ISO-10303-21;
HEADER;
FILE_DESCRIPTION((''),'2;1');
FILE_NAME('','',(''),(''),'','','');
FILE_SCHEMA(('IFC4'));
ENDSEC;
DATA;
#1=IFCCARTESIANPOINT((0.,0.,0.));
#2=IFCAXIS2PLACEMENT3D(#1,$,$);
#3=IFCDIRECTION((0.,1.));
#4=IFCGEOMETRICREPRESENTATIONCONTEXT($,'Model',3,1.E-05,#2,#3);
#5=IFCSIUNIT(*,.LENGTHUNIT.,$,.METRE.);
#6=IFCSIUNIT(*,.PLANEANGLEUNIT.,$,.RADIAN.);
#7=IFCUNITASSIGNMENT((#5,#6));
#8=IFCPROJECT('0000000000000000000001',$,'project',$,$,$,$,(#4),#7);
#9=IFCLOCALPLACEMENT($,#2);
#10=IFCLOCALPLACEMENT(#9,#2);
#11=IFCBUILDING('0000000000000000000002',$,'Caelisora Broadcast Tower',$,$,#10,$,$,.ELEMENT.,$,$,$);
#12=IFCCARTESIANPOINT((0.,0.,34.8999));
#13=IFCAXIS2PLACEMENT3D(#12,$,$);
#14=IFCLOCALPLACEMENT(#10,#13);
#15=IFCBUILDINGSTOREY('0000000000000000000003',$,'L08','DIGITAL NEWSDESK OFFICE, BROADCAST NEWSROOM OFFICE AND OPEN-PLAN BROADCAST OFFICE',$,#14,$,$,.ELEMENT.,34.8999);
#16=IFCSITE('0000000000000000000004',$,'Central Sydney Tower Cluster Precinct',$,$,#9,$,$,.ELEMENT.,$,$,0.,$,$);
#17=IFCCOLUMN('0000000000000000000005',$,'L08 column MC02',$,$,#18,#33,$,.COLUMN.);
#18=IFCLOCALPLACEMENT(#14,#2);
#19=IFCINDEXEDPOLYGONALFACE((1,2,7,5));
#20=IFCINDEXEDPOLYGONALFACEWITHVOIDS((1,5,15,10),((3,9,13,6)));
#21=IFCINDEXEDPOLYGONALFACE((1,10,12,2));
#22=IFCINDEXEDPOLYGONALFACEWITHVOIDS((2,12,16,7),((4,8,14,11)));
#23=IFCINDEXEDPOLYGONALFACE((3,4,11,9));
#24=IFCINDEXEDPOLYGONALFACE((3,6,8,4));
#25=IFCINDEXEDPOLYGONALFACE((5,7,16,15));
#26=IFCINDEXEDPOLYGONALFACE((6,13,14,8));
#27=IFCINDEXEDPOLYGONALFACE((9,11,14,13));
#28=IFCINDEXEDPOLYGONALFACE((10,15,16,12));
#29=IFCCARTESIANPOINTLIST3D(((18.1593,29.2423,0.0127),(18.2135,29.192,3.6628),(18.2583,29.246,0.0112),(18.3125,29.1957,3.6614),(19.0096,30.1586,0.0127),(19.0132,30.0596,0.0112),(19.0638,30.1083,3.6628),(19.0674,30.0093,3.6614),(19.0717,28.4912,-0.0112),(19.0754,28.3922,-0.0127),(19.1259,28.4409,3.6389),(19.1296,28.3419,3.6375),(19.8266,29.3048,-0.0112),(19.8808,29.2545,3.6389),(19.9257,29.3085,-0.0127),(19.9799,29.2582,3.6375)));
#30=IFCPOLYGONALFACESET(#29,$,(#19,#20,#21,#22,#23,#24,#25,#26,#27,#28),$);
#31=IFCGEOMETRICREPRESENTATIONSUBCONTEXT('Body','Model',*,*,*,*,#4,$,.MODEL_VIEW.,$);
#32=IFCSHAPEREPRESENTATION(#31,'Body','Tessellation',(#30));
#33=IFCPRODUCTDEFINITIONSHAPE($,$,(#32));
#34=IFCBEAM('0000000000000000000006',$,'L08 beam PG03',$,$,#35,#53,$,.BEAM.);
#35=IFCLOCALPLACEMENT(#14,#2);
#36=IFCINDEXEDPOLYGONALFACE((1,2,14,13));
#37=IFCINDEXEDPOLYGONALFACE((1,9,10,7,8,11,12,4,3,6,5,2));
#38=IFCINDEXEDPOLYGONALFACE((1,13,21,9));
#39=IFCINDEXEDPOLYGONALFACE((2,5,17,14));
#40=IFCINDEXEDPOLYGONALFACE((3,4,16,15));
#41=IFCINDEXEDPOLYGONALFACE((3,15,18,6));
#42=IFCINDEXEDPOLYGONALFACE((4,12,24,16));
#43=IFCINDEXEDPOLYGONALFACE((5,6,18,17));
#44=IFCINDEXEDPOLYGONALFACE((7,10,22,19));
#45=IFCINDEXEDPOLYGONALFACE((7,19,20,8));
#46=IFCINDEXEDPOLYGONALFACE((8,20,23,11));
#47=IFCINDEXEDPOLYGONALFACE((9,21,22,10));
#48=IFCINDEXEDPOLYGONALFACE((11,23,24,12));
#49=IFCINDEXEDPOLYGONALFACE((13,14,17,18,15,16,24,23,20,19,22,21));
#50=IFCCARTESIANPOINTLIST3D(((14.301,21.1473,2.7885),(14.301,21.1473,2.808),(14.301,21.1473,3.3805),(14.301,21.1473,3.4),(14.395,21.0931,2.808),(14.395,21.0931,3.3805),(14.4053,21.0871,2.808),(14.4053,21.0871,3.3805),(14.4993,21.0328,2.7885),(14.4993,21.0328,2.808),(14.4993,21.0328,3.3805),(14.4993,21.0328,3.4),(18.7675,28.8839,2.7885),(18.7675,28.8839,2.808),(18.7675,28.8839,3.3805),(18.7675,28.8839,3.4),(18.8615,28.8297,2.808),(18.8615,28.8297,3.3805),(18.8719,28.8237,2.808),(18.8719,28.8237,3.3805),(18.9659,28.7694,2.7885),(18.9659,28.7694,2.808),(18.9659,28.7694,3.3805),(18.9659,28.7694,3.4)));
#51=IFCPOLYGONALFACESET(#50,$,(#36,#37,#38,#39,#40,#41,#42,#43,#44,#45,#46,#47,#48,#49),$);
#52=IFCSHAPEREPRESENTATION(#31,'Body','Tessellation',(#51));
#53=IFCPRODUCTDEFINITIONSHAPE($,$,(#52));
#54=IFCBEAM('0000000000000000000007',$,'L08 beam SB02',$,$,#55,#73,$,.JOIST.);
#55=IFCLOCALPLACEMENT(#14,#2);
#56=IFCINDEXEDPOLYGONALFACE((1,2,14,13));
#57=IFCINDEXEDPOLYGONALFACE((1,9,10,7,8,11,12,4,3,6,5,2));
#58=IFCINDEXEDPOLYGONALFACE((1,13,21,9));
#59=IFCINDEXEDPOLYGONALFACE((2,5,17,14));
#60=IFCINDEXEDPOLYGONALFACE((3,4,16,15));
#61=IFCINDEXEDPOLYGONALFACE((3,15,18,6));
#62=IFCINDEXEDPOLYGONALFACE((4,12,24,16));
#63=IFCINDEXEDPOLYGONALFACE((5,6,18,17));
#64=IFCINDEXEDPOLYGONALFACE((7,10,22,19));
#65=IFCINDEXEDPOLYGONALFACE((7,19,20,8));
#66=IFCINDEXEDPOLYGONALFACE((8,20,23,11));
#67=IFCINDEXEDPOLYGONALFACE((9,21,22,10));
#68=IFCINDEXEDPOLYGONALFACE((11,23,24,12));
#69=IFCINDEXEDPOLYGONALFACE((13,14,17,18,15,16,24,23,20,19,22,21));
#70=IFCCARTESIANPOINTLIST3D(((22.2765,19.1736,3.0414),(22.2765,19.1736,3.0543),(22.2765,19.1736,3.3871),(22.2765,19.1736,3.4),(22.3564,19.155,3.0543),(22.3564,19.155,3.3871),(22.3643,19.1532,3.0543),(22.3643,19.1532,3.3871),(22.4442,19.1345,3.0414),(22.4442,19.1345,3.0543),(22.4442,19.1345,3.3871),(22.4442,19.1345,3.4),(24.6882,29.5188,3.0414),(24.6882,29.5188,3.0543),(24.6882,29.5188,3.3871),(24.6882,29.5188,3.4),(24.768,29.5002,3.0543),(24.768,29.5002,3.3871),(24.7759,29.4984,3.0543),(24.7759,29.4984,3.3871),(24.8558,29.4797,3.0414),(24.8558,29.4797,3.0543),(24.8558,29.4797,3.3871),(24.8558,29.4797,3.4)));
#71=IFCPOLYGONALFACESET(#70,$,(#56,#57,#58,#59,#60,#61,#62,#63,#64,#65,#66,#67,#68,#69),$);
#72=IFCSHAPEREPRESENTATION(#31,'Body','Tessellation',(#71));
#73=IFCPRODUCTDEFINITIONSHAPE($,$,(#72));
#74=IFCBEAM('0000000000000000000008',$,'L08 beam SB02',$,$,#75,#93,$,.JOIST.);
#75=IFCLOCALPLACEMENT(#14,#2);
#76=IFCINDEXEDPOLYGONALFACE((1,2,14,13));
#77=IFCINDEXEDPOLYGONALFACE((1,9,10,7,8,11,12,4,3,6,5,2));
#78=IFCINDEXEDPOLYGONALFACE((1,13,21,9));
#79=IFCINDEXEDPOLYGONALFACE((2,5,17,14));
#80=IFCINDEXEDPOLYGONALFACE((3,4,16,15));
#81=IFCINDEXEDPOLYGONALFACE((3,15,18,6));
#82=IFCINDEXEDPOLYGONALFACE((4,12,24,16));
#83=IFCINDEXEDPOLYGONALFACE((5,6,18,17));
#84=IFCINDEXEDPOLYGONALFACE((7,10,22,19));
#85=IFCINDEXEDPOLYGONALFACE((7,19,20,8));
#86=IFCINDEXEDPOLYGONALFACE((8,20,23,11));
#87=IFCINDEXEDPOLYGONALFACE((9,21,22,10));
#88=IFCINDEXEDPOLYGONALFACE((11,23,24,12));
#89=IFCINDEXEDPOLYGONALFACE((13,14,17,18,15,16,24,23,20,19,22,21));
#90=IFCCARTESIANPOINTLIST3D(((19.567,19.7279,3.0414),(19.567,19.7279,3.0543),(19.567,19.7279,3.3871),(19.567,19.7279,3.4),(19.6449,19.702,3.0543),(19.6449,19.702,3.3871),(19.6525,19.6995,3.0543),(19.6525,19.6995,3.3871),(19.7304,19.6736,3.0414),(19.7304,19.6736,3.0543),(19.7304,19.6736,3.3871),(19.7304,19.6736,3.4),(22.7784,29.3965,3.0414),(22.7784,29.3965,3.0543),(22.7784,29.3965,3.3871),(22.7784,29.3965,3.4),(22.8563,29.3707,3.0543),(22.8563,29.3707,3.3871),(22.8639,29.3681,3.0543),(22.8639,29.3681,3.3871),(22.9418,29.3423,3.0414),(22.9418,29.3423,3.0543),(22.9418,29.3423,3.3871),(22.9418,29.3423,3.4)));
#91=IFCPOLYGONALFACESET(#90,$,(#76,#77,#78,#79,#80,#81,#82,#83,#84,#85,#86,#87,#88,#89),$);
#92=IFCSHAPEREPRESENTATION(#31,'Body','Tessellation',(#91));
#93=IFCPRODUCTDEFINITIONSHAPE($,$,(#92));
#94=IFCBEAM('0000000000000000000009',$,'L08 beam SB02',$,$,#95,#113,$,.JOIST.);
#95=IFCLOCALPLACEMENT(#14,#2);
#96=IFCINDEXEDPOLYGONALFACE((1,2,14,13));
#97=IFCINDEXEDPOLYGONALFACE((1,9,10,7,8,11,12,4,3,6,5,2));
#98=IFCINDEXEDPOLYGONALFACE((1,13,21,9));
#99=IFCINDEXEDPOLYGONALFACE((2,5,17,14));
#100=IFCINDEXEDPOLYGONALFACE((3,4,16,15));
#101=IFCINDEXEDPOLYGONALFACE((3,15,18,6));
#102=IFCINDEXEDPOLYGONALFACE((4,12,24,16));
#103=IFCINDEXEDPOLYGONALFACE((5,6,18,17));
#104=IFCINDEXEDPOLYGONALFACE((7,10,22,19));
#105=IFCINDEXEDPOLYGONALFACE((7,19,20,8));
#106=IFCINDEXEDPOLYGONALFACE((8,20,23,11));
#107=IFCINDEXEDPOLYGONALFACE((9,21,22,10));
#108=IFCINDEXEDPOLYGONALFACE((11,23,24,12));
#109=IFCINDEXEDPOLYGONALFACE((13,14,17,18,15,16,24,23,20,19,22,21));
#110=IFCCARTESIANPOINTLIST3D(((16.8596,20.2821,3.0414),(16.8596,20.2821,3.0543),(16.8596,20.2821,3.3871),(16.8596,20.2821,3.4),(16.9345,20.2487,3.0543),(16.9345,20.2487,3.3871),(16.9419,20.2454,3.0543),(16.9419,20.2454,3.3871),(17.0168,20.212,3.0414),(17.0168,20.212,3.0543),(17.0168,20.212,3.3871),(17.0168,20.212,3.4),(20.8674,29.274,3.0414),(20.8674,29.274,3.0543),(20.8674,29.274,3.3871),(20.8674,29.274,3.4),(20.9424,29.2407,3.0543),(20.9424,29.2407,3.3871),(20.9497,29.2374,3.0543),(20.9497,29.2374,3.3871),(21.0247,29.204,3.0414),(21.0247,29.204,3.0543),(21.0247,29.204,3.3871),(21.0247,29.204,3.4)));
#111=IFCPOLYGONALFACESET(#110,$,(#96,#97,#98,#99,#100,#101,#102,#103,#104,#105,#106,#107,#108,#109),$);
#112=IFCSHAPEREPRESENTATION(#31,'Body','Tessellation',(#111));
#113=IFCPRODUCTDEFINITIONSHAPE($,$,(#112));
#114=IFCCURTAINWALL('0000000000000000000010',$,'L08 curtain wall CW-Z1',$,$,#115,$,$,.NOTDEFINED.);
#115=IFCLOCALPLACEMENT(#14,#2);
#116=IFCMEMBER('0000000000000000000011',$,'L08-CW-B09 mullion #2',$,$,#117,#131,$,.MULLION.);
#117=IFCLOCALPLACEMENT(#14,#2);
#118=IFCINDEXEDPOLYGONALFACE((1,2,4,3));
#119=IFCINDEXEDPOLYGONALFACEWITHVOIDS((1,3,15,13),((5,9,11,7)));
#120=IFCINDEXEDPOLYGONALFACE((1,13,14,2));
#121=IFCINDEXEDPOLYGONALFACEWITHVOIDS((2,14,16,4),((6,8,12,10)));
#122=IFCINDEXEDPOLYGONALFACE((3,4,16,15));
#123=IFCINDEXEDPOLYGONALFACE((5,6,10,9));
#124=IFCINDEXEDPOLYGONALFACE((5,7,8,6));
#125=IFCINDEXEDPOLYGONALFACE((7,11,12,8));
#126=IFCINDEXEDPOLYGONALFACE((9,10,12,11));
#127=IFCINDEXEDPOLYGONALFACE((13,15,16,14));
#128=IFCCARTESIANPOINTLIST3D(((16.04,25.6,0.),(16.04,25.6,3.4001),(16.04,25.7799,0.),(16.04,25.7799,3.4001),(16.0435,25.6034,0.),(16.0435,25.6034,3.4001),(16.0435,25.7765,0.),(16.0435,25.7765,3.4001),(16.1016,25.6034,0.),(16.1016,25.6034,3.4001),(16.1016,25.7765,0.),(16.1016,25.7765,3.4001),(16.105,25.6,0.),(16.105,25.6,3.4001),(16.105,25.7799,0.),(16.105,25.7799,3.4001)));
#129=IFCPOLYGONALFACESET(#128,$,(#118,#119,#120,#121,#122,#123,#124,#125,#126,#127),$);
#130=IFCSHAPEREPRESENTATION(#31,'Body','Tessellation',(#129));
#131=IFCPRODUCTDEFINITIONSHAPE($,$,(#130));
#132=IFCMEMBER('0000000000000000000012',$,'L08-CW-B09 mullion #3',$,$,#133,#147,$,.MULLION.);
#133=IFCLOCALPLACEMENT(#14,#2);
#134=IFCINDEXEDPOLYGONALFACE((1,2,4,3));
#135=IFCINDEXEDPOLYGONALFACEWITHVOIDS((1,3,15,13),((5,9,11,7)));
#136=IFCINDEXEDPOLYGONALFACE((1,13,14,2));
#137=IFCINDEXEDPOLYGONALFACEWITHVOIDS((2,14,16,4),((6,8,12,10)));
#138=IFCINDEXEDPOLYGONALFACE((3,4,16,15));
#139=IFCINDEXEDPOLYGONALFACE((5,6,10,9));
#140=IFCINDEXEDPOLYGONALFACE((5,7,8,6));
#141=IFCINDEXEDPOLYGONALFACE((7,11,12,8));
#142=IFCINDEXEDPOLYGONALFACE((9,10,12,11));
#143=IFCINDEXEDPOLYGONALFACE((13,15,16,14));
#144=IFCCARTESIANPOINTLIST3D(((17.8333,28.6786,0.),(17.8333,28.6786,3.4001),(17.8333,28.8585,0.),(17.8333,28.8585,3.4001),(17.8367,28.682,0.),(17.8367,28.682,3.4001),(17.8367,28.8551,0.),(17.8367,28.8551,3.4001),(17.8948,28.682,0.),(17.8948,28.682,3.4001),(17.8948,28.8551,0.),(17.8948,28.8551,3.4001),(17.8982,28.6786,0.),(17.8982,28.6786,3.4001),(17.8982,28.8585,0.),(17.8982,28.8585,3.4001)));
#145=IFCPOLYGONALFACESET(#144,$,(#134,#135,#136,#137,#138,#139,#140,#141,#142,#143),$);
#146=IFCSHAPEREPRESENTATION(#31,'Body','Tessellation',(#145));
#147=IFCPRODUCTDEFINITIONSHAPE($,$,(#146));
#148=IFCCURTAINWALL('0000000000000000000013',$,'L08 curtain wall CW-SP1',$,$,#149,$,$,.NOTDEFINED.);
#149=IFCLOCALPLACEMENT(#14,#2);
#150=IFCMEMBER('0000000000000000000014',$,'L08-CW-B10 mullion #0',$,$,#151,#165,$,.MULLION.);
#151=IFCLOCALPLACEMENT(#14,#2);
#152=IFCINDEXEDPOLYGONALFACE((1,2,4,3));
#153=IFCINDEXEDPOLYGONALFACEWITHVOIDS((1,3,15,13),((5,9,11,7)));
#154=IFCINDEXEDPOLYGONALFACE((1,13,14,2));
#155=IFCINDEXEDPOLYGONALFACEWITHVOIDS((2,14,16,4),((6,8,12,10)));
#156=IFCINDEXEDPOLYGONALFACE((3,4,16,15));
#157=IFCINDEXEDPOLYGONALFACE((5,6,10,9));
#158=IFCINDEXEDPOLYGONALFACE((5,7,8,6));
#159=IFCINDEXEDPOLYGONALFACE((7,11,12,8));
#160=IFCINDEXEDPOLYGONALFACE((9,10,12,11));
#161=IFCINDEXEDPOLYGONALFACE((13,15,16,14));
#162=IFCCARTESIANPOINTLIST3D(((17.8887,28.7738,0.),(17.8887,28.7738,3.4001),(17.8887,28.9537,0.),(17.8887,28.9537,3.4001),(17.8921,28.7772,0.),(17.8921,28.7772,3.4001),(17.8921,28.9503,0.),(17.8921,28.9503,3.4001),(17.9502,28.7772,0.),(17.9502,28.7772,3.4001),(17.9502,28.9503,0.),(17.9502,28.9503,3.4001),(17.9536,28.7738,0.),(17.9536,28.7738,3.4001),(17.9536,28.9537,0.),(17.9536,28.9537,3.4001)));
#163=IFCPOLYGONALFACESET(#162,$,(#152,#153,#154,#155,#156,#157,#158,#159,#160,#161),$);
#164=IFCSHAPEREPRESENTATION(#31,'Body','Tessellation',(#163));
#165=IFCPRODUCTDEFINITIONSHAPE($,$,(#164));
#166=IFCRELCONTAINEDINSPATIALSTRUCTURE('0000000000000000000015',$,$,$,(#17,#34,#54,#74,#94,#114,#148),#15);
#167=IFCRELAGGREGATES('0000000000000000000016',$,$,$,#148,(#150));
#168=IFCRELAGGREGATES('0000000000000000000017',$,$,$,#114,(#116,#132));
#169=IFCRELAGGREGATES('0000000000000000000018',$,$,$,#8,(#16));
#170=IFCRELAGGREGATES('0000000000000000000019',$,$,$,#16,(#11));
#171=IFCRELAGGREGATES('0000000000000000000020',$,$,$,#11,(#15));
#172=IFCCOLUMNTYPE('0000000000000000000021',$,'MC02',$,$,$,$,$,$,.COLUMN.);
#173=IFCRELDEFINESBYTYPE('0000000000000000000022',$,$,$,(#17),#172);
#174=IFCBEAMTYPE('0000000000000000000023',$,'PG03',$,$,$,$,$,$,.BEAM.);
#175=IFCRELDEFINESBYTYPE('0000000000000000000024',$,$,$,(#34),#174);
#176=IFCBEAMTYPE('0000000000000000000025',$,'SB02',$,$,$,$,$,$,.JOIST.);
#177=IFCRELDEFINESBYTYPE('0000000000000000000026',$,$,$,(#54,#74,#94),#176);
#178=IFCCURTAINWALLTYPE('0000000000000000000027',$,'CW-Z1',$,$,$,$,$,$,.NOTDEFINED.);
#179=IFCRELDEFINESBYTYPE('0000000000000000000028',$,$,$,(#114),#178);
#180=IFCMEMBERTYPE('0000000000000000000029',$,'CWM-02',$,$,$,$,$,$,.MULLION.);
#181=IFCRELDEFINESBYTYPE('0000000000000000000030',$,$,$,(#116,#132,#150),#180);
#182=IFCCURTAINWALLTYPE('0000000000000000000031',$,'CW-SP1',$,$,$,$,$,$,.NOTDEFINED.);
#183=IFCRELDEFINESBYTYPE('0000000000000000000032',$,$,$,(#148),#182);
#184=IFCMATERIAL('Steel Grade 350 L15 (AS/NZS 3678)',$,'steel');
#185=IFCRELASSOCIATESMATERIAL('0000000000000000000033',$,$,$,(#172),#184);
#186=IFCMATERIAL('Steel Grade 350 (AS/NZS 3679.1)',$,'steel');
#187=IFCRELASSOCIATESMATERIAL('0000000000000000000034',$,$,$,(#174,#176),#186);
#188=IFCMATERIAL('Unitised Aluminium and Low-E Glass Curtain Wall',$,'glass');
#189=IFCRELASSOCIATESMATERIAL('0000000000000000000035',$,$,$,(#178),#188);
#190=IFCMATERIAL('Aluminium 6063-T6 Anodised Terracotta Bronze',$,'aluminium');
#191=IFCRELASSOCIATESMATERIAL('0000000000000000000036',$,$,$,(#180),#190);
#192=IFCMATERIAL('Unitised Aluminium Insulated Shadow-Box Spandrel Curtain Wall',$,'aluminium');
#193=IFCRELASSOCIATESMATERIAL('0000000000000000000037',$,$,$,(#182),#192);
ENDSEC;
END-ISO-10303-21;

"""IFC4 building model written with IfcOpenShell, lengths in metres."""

from ifc_helpers import new_model, si_unit, direction, frame, origin, origin_2d, place, context, subcontext, project, spatial, hollow_rectangle, i_section, extrude, source, transform, mapped, material, material_profile, profile_set, type_object, type_shapes, element, aggregate, save


model = new_model("IFC4")

# Units and contexts
model_context = context("Model", 3, precision=1e-05, world=origin(), true_north=direction((0.0, 1.0)))
body_context = subcontext(model_context, "Body", "Model", "MODEL_VIEW")
ifc_project = project(units=[si_unit("LENGTHUNIT", "METRE"), si_unit("PLANEANGLEUNIT", "RADIAN")], contexts=[model_context])

# Site, building, storey
site_placement = place(None, origin())
site = spatial("IfcSite", under=ifc_project, at=site_placement, Name="Central Sydney Tower Cluster Precinct", CompositionType="ELEMENT", RefElevation=0.0)
building_placement = place(site_placement, origin())
building = spatial("IfcBuilding", under=site, at=building_placement, Name="Caelisora Broadcast Tower", CompositionType="ELEMENT")
storey_placement = place(building_placement, frame((0.0, 0.0, 34.8999)))
storey = spatial("IfcBuildingStorey", under=building, at=storey_placement, Name="L08", Description="DIGITAL NEWSDESK OFFICE, BROADCAST NEWSROOM OFFICE AND OPEN-PLAN BROADCAST OFFICE", CompositionType="ELEMENT", Elevation=34.8999)

# Column
ifc_material_1 = material(Name="Steel Grade 350 L15 (AS/NZS 3678)", Category="steel")
ifc_material_profile_1 = material_profile(ifc_material_1, hollow_rectangle(XDim=1.25, YDim=1.25, WallThickness=0.0701, at=origin_2d()), Name="Steel Grade 350 L15 (AS/NZS 3678)")
ifc_profile_set_1 = profile_set([ifc_material_profile_1], Name="Steel Grade 350 L15 (AS/NZS 3678)")
column_type = type_object("IfcColumnType", Name="MC02", PredefinedType="COLUMN", material=ifc_profile_set_1)
shared_shape_1 = source(origin(), body_context, "Body", "SweptSolid", [
    extrude(hollow_rectangle(XDim=1.25, YDim=1.25, WallThickness=0.0701, at=origin_2d()), origin(), (0.0, 0.0, 1.0), 3.6509),
])
type_shapes(column_type, [shared_shape_1])
column_placement = place(storey_placement, frame((19.0425, 29.2754, 0.0), z_axis=(0.014845, -0.013776, 0.999795), x_axis=(0.680198, 0.733029, 0.0)))
element("IfcColumn", 1, at=column_placement, inside=storey, type_object=column_type, Name="L08 column MC02", PredefinedType="COLUMN", context=body_context, shape_type="MappedRepresentation", body=[
    mapped(shared_shape_1, transform((0.0, 0.0, 0.0), scale=1.0)),
])

# Beams
ifc_material_2 = material(Name="Steel Grade 350 (AS/NZS 3679.1)", Category="steel")
ifc_material_profile_2 = material_profile(ifc_material_2, i_section(OverallWidth=0.229, OverallDepth=0.6116, WebThickness=0.012, FlangeThickness=0.0195, at=origin_2d()), Name="Steel Grade 350 (AS/NZS 3679.1)")
ifc_profile_set_2 = profile_set([ifc_material_profile_2], Name="Steel Grade 350 (AS/NZS 3679.1)")
beam_type_1 = type_object("IfcBeamType", Name="PG03", PredefinedType="BEAM", material=ifc_profile_set_2)
shared_shape_2 = source(origin(), body_context, "Body", "SweptSolid", [
    extrude(i_section(OverallWidth=0.229, OverallDepth=0.6116, WebThickness=0.012, FlangeThickness=0.0195, at=origin_2d()), origin(), (0.0, 0.0, 1.0), 8.9333),
])
type_shapes(beam_type_1, [shared_shape_2])
beam_1_placement = place(storey_placement, frame((18.8667, 28.8267, 3.0942), z_axis=(-0.499987, -0.866033, 0.0), x_axis=(0.866033, -0.499987, 0.0)))
element("IfcBeam", 2, at=beam_1_placement, inside=storey, type_object=beam_type_1, Name="L08 beam PG03", PredefinedType="BEAM", context=body_context, shape_type="MappedRepresentation", body=[
    mapped(shared_shape_2, transform((0.0, 0.0, 0.0), scale=1.0)),
])
ifc_material_profile_3 = material_profile(ifc_material_2, i_section(OverallWidth=0.1721, OverallDepth=0.3586, WebThickness=0.0081, FlangeThickness=0.0129, at=origin_2d()), Name="Steel Grade 350 (AS/NZS 3679.1)")
ifc_profile_set_3 = profile_set([ifc_material_profile_3], Name="Steel Grade 350 (AS/NZS 3679.1)")
beam_type_2 = type_object("IfcBeamType", Name="SB02", PredefinedType="JOIST", material=ifc_profile_set_3)
shared_shape_3 = source(origin(), body_context, "Body", "SweptSolid", [
    extrude(i_section(OverallWidth=0.1721, OverallDepth=0.3586, WebThickness=0.0081, FlangeThickness=0.0129, at=origin_2d()), origin(), (0.0, 0.0, 1.0), 10.6226),
])
beam_2_placement = place(storey_placement, frame((24.772, 29.4993, 3.2207), z_axis=(-0.227028, -0.973888, 0.0), x_axis=(0.973888, -0.227028, 0.0)))
element("IfcBeam", 3, at=beam_2_placement, inside=storey, type_object=beam_type_2, Name="L08 beam SB02", PredefinedType="JOIST", context=body_context, shape_type="MappedRepresentation", body=[
    mapped(shared_shape_3, transform((0.0, 0.0, 0.0), scale=1.0)),
])
shared_shape_4 = source(origin(), body_context, "Body", "SweptSolid", [
    extrude(i_section(OverallWidth=0.1721, OverallDepth=0.3586, WebThickness=0.0081, FlangeThickness=0.0129, at=origin_2d()), origin(), (0.0, 0.0, 1.0), 10.188),
])
beam_3_placement = place(storey_placement, frame((22.8601, 29.3694, 3.2207), z_axis=(-0.315214, -0.949021, 0.0), x_axis=(0.949021, -0.315214, 0.0)))
element("IfcBeam", 4, at=beam_3_placement, inside=storey, type_object=beam_type_2, Name="L08 beam SB02", PredefinedType="JOIST", context=body_context, shape_type="MappedRepresentation", body=[
    mapped(shared_shape_4, transform((0.0, 0.0, 0.0), scale=1.0)),
])
shared_shape_5 = source(origin(), body_context, "Body", "SweptSolid", [
    extrude(i_section(OverallWidth=0.1721, OverallDepth=0.3586, WebThickness=0.0081, FlangeThickness=0.0129, at=origin_2d()), origin(), (0.0, 0.0, 1.0), 9.8447),
])
type_shapes(beam_type_2, [shared_shape_3, shared_shape_4, shared_shape_5])
beam_4_placement = place(storey_placement, frame((20.946, 29.239, 3.2207), z_axis=(-0.407105, -0.913382, 0.0), x_axis=(0.913382, -0.407105, 0.0)))
element("IfcBeam", 5, at=beam_4_placement, inside=storey, type_object=beam_type_2, Name="L08 beam SB02", PredefinedType="JOIST", context=body_context, shape_type="MappedRepresentation", body=[
    mapped(shared_shape_5, transform((0.0, 0.0, 0.0), scale=1.0)),
])

# Curtain walls, members
ifc_material_3 = material(Name="Unitised Aluminium and Low-E Glass Curtain Wall", Category="glass")
curtain_wall_type_1 = type_object("IfcCurtainWallType", Name="CW-Z1", PredefinedType="NOTDEFINED", material=ifc_material_3)
curtain_wall_1_placement = place(storey_placement, origin())
curtain_wall_1 = element("IfcCurtainWall", 6, at=curtain_wall_1_placement, inside=storey, type_object=curtain_wall_type_1, Name="L08 curtain wall CW-Z1", PredefinedType="NOTDEFINED")
ifc_material_4 = material(Name="Aluminium 6063-T6 Anodised Terracotta Bronze", Category="aluminium")
ifc_material_profile_4 = material_profile(ifc_material_4, hollow_rectangle(XDim=0.0649, YDim=0.1799, WallThickness=0.0034, at=origin_2d()), Name="Aluminium 6063-T6 Anodised Terracotta Bronze")
ifc_profile_set_4 = profile_set([ifc_material_profile_4], Name="Aluminium 6063-T6 Anodised Terracotta Bronze")
member_type_1 = type_object("IfcMemberType", Name="CWM-02", PredefinedType="MULLION", material=ifc_profile_set_4)
shared_shape_6 = source(origin(), body_context, "Body", "SweptSolid", [
    extrude(hollow_rectangle(XDim=0.0649, YDim=0.1799, WallThickness=0.0034, at=origin_2d()), origin(), (0.0, 0.0, 1.0), 3.4001),
])
type_shapes(member_type_1, [shared_shape_6])
member_1_placement = place(storey_placement, frame((16.0725, 25.6899, 0.0), z_axis=(0.0, 0.0, 1.0), x_axis=(1.0, 0.0, 0.0)))
member_1 = element("IfcMember", 7, at=member_1_placement, type_object=member_type_1, Name="L08-CW-B09 mullion #2", PredefinedType="MULLION", context=body_context, shape_type="MappedRepresentation", body=[
    mapped(shared_shape_6, transform((0.0, 0.0, 0.0), scale=1.0)),
])
member_2_placement = place(storey_placement, frame((17.8657, 28.7686, 0.0), z_axis=(0.0, 0.0, 1.0), x_axis=(1.0, 0.0, 0.0)))
member_2 = element("IfcMember", 8, at=member_2_placement, type_object=member_type_1, Name="L08-CW-B09 mullion #3", PredefinedType="MULLION", context=body_context, shape_type="MappedRepresentation", body=[
    mapped(shared_shape_6, transform((0.0, 0.0, 0.0), scale=1.0)),
])
ifc_material_5 = material(Name="Unitised Aluminium Insulated Shadow-Box Spandrel Curtain Wall", Category="aluminium")
curtain_wall_type_2 = type_object("IfcCurtainWallType", Name="CW-SP1", PredefinedType="NOTDEFINED", material=ifc_material_5)
curtain_wall_2_placement = place(storey_placement, origin())
curtain_wall_2 = element("IfcCurtainWall", 9, at=curtain_wall_2_placement, inside=storey, type_object=curtain_wall_type_2, Name="L08 curtain wall CW-SP1", PredefinedType="NOTDEFINED")
member_3_placement = place(storey_placement, frame((17.9211, 28.8638, 0.0), z_axis=(0.0, 0.0, 1.0), x_axis=(1.0, 0.0, 0.0)))
member_3 = element("IfcMember", 10, at=member_3_placement, type_object=member_type_1, Name="L08-CW-B10 mullion #0", PredefinedType="MULLION", context=body_context, shape_type="MappedRepresentation", body=[
    mapped(shared_shape_6, transform((0.0, 0.0, 0.0), scale=1.0)),
])

aggregate(curtain_wall_2, [member_3])
aggregate(curtain_wall_1, [member_1, member_2])

save(model, "model.ifc")
